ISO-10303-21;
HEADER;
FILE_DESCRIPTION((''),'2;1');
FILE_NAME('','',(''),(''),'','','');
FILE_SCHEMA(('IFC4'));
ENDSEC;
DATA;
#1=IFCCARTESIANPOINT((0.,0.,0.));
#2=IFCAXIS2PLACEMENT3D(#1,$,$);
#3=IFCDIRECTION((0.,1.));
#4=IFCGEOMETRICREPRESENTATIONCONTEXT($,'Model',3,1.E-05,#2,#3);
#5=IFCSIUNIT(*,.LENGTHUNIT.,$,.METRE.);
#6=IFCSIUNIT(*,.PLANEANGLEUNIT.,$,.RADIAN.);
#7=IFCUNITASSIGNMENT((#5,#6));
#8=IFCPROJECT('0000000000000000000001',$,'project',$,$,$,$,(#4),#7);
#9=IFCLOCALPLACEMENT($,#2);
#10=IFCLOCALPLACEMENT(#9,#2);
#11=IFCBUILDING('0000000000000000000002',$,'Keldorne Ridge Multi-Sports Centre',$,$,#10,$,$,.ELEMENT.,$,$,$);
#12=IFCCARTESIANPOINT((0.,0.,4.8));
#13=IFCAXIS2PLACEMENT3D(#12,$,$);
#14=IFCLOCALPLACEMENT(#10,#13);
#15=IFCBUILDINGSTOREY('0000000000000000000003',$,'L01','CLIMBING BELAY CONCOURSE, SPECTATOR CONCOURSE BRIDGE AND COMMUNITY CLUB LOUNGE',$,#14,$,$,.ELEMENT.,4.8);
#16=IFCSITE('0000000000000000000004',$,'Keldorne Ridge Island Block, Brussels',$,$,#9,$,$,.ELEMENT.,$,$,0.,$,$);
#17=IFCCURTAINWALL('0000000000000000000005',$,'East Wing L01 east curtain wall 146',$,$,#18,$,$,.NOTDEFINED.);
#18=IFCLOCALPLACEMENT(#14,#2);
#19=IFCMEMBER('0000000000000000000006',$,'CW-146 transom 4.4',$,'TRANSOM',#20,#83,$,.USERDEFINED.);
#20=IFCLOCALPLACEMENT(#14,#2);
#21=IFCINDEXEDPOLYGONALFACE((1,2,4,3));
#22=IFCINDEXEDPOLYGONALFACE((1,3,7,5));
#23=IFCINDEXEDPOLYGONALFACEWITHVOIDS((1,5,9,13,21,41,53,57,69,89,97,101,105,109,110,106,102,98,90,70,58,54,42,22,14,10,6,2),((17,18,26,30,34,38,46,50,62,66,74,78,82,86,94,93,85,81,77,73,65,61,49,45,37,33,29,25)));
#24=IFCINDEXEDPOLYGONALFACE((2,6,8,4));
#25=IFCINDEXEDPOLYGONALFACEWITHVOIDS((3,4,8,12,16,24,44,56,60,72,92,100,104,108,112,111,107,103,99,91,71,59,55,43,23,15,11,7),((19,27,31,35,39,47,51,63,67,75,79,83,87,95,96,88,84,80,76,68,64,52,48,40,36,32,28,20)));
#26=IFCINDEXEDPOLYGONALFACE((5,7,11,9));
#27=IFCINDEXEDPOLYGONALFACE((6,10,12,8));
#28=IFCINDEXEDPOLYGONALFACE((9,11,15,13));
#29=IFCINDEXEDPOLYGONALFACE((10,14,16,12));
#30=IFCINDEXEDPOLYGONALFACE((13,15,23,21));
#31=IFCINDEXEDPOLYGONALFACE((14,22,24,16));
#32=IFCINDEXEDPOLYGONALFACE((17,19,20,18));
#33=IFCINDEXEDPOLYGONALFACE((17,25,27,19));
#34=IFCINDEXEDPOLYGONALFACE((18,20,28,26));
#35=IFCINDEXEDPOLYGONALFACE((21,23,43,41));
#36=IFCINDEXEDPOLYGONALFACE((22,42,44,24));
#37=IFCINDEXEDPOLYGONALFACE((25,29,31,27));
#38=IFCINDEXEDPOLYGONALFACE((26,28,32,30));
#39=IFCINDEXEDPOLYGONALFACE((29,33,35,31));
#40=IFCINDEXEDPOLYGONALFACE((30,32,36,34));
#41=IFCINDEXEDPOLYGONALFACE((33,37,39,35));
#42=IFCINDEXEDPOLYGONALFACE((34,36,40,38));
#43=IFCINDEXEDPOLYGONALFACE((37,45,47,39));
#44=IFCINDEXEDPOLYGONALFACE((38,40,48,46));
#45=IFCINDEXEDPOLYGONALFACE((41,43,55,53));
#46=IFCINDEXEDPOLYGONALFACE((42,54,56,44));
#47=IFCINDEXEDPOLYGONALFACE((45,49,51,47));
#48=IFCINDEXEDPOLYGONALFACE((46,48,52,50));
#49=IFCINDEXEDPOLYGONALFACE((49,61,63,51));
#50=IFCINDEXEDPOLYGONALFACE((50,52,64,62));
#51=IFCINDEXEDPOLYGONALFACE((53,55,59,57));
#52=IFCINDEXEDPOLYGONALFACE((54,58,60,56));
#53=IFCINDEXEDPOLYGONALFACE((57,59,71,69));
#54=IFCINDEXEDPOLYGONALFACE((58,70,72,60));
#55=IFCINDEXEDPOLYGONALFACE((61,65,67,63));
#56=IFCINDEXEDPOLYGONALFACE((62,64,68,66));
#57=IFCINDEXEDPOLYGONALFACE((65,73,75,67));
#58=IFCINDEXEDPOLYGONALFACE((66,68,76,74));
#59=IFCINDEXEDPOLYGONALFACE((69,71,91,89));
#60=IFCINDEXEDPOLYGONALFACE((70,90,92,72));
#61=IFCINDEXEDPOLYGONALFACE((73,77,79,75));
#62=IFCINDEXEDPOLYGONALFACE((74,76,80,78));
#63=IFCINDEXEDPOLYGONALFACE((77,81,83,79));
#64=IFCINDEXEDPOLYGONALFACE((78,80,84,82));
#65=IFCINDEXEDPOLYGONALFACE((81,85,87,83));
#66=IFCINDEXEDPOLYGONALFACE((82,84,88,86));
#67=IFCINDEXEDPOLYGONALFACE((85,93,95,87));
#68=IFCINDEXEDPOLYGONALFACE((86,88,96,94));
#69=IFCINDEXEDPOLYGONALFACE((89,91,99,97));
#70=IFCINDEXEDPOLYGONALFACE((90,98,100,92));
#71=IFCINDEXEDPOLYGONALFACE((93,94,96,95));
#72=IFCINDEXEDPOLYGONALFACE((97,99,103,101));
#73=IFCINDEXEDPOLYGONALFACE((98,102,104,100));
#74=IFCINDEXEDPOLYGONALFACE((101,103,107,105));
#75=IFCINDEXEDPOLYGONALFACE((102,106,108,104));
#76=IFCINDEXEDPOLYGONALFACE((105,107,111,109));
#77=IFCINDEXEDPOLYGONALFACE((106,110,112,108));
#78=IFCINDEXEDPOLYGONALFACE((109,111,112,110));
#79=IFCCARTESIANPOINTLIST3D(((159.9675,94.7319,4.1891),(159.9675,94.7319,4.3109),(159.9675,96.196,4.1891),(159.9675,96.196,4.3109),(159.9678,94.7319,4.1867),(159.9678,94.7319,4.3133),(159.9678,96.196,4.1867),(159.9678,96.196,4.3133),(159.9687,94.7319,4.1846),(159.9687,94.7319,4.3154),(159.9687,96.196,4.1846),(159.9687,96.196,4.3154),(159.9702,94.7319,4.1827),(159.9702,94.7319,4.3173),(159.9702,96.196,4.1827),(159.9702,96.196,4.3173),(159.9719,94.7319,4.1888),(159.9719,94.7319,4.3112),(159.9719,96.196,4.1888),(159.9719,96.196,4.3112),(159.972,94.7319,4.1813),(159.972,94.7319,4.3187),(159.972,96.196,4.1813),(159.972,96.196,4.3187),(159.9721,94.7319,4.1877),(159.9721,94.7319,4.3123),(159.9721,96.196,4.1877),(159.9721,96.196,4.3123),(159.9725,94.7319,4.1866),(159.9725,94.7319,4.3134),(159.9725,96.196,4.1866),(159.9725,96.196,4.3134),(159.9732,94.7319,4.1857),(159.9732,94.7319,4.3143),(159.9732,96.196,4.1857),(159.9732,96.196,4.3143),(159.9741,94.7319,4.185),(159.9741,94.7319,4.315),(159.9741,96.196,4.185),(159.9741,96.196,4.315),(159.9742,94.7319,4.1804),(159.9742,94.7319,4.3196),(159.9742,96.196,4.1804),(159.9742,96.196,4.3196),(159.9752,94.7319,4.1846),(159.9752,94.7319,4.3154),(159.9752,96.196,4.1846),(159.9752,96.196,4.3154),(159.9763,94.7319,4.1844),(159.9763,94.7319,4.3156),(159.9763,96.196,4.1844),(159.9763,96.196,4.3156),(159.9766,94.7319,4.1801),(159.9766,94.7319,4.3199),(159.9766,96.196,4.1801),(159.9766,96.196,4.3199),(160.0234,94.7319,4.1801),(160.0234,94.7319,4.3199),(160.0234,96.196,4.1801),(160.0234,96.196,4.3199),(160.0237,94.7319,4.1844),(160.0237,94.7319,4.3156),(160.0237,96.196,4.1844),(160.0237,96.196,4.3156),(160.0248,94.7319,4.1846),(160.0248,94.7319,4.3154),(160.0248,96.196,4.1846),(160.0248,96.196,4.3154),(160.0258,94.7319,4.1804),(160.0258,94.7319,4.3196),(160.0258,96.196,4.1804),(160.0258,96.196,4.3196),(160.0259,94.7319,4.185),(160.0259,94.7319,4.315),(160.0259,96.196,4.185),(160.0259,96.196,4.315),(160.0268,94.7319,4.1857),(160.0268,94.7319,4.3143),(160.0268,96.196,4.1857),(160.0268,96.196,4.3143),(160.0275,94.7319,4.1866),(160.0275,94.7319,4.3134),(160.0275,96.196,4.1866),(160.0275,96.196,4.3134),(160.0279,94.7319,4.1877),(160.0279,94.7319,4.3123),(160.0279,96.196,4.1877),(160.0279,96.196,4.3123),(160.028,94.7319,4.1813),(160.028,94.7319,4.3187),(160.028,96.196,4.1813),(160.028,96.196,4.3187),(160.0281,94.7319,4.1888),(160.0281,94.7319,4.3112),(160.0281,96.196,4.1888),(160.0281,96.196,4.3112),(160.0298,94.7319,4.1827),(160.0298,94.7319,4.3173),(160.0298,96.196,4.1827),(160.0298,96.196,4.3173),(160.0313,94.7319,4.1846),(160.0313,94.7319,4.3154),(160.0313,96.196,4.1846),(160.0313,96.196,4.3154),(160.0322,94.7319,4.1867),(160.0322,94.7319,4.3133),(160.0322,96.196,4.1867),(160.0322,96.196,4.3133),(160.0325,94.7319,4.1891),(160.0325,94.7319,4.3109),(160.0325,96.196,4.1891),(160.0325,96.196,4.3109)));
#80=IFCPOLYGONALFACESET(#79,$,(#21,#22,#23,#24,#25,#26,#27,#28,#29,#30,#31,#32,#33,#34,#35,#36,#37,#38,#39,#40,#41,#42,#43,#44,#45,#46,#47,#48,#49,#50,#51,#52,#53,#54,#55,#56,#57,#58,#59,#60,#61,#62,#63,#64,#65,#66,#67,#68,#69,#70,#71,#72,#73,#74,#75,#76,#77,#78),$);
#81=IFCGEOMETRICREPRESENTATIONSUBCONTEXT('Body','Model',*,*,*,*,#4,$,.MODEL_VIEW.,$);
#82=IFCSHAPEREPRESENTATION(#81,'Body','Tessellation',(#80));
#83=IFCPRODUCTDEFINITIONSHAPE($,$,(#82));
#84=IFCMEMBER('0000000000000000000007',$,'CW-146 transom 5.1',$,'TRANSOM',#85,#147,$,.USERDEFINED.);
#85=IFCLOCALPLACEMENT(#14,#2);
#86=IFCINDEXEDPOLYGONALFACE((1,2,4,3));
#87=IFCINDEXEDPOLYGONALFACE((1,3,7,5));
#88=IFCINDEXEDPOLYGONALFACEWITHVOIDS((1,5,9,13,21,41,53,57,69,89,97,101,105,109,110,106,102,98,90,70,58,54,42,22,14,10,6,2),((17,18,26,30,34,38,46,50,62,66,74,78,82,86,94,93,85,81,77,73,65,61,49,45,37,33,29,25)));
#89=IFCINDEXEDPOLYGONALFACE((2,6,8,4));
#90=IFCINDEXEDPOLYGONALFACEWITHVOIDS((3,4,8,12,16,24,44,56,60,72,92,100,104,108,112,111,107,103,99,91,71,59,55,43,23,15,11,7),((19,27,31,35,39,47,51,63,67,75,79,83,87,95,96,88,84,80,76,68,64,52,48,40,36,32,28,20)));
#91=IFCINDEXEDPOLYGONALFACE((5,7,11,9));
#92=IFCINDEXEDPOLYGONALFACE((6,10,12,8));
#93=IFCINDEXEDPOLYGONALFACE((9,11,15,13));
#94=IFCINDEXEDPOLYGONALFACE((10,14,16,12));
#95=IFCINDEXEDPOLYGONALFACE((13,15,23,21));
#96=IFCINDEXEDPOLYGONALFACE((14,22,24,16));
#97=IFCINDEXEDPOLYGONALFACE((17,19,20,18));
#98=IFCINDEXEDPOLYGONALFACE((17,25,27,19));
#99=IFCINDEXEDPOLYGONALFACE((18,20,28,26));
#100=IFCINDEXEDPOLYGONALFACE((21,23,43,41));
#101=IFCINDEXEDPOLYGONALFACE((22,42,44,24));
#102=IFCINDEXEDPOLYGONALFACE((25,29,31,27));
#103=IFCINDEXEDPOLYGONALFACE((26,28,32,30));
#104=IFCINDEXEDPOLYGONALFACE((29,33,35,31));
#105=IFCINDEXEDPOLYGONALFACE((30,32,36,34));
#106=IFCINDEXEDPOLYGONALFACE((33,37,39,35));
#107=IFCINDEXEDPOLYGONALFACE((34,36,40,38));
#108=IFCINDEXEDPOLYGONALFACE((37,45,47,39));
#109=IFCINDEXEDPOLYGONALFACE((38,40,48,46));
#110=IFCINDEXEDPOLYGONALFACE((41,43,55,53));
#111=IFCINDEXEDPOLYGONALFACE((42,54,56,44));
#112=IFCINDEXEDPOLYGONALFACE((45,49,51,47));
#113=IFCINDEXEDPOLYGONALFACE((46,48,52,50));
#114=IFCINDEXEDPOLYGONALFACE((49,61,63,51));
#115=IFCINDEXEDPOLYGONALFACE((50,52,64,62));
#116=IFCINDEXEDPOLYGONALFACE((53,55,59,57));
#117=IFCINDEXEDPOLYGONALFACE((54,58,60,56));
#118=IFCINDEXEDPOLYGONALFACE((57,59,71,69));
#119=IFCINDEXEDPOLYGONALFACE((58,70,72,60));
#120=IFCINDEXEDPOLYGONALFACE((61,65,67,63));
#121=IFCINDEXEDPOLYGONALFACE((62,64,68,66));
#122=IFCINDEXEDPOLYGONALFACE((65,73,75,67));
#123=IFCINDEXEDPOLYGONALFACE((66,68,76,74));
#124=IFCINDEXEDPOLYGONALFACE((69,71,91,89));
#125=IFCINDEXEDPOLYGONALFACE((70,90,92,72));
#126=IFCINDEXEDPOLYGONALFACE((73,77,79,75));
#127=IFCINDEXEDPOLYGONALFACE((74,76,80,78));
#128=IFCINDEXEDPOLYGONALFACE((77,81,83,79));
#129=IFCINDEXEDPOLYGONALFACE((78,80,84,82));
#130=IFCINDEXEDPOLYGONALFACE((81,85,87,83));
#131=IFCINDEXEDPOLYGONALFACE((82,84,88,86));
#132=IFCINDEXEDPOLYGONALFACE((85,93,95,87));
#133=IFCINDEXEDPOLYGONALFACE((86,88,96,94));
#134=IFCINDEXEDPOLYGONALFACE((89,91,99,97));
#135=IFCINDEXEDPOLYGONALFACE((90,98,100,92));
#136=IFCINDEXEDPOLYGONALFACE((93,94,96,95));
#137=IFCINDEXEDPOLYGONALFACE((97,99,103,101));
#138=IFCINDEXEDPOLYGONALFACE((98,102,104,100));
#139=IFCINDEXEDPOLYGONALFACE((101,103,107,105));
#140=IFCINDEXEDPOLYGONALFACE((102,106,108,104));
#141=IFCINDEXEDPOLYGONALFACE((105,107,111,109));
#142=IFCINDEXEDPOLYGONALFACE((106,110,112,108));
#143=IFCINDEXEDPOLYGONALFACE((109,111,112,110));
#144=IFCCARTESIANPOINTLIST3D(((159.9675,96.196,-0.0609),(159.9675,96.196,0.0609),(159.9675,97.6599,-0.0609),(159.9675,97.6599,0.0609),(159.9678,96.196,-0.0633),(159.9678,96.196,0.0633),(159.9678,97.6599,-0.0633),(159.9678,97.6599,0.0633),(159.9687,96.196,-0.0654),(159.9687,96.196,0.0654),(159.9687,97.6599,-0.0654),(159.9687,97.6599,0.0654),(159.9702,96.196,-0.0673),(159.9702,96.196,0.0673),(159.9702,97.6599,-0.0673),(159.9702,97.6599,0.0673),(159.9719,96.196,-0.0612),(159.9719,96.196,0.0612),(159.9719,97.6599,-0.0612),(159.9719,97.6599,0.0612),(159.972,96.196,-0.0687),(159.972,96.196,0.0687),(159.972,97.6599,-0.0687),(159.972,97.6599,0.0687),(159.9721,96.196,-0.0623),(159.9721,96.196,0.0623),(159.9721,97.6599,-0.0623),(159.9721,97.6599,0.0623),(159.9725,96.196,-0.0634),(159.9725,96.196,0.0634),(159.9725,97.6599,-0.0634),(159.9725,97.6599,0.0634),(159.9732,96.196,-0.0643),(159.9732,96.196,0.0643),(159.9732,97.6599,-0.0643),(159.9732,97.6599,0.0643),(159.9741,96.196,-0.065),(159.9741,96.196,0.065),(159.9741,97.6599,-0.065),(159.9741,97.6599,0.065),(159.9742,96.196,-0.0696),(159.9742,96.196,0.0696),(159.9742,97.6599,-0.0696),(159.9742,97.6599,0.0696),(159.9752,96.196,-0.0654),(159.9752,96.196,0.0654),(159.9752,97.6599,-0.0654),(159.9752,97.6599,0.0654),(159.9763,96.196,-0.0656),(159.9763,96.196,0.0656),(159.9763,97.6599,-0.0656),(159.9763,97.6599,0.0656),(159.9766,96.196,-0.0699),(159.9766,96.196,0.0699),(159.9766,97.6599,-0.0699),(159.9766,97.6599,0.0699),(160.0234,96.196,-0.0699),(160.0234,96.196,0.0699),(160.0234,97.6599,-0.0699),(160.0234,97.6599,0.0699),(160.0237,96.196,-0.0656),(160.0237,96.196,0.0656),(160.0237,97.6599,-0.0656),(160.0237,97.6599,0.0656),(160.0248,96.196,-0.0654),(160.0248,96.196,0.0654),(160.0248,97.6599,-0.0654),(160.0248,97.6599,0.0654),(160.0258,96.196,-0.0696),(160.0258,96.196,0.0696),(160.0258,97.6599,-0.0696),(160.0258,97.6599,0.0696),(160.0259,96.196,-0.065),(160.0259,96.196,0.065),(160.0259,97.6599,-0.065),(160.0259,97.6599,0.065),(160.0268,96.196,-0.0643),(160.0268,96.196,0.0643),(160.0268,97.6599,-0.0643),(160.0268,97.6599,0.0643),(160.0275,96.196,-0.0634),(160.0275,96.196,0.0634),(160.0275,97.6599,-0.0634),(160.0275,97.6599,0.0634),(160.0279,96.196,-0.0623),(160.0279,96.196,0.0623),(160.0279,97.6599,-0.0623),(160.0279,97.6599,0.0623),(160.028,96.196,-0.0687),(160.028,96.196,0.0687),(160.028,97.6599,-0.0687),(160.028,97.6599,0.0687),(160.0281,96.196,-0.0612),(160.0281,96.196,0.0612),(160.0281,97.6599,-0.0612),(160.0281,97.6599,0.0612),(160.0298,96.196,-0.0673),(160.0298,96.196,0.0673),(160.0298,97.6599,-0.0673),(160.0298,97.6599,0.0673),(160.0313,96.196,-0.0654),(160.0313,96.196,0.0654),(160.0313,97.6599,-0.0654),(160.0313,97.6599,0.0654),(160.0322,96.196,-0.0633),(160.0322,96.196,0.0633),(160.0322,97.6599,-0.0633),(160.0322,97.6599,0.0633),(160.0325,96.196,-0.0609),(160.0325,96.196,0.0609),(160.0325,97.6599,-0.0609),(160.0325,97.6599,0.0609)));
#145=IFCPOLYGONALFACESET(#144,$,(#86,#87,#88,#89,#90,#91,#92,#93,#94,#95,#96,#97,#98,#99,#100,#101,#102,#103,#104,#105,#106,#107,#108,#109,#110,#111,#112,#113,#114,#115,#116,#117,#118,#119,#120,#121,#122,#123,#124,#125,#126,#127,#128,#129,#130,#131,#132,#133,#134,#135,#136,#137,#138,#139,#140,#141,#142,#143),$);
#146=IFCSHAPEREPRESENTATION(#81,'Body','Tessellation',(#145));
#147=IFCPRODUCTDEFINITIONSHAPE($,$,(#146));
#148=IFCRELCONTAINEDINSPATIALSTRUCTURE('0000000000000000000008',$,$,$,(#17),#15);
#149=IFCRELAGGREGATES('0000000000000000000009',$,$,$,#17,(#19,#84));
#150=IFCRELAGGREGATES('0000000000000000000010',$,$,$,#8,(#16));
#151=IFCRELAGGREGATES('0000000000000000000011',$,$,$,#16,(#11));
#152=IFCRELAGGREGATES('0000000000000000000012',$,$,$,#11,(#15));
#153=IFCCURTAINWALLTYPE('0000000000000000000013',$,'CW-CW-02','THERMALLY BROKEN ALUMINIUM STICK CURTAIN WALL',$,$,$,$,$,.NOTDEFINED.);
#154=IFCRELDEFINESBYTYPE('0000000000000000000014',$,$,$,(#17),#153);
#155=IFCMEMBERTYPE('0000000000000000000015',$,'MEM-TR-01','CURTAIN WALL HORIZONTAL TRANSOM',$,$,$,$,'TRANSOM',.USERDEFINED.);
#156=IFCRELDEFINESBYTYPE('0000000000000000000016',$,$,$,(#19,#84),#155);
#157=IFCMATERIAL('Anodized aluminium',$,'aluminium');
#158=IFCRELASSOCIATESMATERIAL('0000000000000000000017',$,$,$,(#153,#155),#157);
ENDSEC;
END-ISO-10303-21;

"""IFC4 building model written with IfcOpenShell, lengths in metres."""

from ifc_helpers import new_model, si_unit, direction, frame, origin, origin_2d, place, context, subcontext, project, spatial, hollow_rectangle, extrude, material, material_profile, profile_set, type_object, element, aggregate, save


model = new_model("IFC4")

# Units and contexts
model_context = context("Model", 3, precision=1e-05, world=origin(), true_north=direction((0.0, 1.0)))
body_context = subcontext(model_context, "Body", "Model", "MODEL_VIEW")
ifc_project = project(units=[si_unit("LENGTHUNIT", "METRE"), si_unit("PLANEANGLEUNIT", "RADIAN")], contexts=[model_context])

# Site, building, storey
site_placement = place(None, origin())
site = spatial("IfcSite", under=ifc_project, at=site_placement, Name="Keldorne Ridge Island Block, Brussels", CompositionType="ELEMENT", RefElevation=0.0)
building_placement = place(site_placement, origin())
building = spatial("IfcBuilding", under=site, at=building_placement, Name="Keldorne Ridge Multi-Sports Centre", CompositionType="ELEMENT")
storey_placement = place(building_placement, frame((0.0, 0.0, 4.8)))
storey = spatial("IfcBuildingStorey", under=building, at=storey_placement, Name="L01", Description="CLIMBING BELAY CONCOURSE, SPECTATOR CONCOURSE BRIDGE AND COMMUNITY CLUB LOUNGE", CompositionType="ELEMENT", Elevation=4.8)

# Curtain wall, members
ifc_material_1 = material(Name="Anodized aluminium", Category="aluminium")
curtain_wall_type = type_object("IfcCurtainWallType", Name="CW-CW-02", Description="THERMALLY BROKEN ALUMINIUM STICK CURTAIN WALL", PredefinedType="NOTDEFINED", material=ifc_material_1)
curtain_wall_placement = place(storey_placement, origin())
curtain_wall = element("IfcCurtainWall", 1, at=curtain_wall_placement, inside=storey, type_object=curtain_wall_type, Name="East Wing L01 east curtain wall 146", PredefinedType="NOTDEFINED")
ifc_material_profile_1 = material_profile(ifc_material_1, hollow_rectangle(XDim=0.0649, YDim=0.1399, WallThickness=0.0044, InnerFilletRadius=0.0044, OuterFilletRadius=0.009, at=origin_2d()), Name="ALU TRANSOM 140x65x4.5")
ifc_profile_set_1 = profile_set([ifc_material_profile_1], Name="Anodized aluminium")
member_type_1 = type_object("IfcMemberType", Name="MEM-TR-01", Description="CURTAIN WALL HORIZONTAL TRANSOM", ElementType="TRANSOM", PredefinedType="USERDEFINED", material=ifc_profile_set_1)
member_1_placement = place(storey_placement, frame((160.0, 94.7319, 4.25), z_axis=(0.0, 1.0, 0.0), x_axis=(-1.0, 0.0, 0.0)))
member_1 = element("IfcMember", 2, at=member_1_placement, type_object=member_type_1, Name="CW-146 transom 4.4", ObjectType="TRANSOM", PredefinedType="USERDEFINED", context=body_context, shape_type="SweptSolid", body=[
    extrude(hollow_rectangle(XDim=0.0649, YDim=0.1399, WallThickness=0.0044, InnerFilletRadius=0.0044, OuterFilletRadius=0.009, at=origin_2d()), origin(), (0.0, 0.0, 1.0), 1.4641),
])
member_2_placement = place(storey_placement, frame((160.0, 96.196, 0.0), z_axis=(0.0, 1.0, 0.0), x_axis=(-1.0, 0.0, 0.0)))
member_2 = element("IfcMember", 3, at=member_2_placement, type_object=member_type_1, Name="CW-146 transom 5.1", ObjectType="TRANSOM", PredefinedType="USERDEFINED", context=body_context, shape_type="SweptSolid", body=[
    extrude(hollow_rectangle(XDim=0.0649, YDim=0.1399, WallThickness=0.0044, InnerFilletRadius=0.0044, OuterFilletRadius=0.009, at=origin_2d()), origin(), (0.0, 0.0, 1.0), 1.4639),
])
aggregate(curtain_wall, [member_1, member_2])

save(model, "model.ifc")
